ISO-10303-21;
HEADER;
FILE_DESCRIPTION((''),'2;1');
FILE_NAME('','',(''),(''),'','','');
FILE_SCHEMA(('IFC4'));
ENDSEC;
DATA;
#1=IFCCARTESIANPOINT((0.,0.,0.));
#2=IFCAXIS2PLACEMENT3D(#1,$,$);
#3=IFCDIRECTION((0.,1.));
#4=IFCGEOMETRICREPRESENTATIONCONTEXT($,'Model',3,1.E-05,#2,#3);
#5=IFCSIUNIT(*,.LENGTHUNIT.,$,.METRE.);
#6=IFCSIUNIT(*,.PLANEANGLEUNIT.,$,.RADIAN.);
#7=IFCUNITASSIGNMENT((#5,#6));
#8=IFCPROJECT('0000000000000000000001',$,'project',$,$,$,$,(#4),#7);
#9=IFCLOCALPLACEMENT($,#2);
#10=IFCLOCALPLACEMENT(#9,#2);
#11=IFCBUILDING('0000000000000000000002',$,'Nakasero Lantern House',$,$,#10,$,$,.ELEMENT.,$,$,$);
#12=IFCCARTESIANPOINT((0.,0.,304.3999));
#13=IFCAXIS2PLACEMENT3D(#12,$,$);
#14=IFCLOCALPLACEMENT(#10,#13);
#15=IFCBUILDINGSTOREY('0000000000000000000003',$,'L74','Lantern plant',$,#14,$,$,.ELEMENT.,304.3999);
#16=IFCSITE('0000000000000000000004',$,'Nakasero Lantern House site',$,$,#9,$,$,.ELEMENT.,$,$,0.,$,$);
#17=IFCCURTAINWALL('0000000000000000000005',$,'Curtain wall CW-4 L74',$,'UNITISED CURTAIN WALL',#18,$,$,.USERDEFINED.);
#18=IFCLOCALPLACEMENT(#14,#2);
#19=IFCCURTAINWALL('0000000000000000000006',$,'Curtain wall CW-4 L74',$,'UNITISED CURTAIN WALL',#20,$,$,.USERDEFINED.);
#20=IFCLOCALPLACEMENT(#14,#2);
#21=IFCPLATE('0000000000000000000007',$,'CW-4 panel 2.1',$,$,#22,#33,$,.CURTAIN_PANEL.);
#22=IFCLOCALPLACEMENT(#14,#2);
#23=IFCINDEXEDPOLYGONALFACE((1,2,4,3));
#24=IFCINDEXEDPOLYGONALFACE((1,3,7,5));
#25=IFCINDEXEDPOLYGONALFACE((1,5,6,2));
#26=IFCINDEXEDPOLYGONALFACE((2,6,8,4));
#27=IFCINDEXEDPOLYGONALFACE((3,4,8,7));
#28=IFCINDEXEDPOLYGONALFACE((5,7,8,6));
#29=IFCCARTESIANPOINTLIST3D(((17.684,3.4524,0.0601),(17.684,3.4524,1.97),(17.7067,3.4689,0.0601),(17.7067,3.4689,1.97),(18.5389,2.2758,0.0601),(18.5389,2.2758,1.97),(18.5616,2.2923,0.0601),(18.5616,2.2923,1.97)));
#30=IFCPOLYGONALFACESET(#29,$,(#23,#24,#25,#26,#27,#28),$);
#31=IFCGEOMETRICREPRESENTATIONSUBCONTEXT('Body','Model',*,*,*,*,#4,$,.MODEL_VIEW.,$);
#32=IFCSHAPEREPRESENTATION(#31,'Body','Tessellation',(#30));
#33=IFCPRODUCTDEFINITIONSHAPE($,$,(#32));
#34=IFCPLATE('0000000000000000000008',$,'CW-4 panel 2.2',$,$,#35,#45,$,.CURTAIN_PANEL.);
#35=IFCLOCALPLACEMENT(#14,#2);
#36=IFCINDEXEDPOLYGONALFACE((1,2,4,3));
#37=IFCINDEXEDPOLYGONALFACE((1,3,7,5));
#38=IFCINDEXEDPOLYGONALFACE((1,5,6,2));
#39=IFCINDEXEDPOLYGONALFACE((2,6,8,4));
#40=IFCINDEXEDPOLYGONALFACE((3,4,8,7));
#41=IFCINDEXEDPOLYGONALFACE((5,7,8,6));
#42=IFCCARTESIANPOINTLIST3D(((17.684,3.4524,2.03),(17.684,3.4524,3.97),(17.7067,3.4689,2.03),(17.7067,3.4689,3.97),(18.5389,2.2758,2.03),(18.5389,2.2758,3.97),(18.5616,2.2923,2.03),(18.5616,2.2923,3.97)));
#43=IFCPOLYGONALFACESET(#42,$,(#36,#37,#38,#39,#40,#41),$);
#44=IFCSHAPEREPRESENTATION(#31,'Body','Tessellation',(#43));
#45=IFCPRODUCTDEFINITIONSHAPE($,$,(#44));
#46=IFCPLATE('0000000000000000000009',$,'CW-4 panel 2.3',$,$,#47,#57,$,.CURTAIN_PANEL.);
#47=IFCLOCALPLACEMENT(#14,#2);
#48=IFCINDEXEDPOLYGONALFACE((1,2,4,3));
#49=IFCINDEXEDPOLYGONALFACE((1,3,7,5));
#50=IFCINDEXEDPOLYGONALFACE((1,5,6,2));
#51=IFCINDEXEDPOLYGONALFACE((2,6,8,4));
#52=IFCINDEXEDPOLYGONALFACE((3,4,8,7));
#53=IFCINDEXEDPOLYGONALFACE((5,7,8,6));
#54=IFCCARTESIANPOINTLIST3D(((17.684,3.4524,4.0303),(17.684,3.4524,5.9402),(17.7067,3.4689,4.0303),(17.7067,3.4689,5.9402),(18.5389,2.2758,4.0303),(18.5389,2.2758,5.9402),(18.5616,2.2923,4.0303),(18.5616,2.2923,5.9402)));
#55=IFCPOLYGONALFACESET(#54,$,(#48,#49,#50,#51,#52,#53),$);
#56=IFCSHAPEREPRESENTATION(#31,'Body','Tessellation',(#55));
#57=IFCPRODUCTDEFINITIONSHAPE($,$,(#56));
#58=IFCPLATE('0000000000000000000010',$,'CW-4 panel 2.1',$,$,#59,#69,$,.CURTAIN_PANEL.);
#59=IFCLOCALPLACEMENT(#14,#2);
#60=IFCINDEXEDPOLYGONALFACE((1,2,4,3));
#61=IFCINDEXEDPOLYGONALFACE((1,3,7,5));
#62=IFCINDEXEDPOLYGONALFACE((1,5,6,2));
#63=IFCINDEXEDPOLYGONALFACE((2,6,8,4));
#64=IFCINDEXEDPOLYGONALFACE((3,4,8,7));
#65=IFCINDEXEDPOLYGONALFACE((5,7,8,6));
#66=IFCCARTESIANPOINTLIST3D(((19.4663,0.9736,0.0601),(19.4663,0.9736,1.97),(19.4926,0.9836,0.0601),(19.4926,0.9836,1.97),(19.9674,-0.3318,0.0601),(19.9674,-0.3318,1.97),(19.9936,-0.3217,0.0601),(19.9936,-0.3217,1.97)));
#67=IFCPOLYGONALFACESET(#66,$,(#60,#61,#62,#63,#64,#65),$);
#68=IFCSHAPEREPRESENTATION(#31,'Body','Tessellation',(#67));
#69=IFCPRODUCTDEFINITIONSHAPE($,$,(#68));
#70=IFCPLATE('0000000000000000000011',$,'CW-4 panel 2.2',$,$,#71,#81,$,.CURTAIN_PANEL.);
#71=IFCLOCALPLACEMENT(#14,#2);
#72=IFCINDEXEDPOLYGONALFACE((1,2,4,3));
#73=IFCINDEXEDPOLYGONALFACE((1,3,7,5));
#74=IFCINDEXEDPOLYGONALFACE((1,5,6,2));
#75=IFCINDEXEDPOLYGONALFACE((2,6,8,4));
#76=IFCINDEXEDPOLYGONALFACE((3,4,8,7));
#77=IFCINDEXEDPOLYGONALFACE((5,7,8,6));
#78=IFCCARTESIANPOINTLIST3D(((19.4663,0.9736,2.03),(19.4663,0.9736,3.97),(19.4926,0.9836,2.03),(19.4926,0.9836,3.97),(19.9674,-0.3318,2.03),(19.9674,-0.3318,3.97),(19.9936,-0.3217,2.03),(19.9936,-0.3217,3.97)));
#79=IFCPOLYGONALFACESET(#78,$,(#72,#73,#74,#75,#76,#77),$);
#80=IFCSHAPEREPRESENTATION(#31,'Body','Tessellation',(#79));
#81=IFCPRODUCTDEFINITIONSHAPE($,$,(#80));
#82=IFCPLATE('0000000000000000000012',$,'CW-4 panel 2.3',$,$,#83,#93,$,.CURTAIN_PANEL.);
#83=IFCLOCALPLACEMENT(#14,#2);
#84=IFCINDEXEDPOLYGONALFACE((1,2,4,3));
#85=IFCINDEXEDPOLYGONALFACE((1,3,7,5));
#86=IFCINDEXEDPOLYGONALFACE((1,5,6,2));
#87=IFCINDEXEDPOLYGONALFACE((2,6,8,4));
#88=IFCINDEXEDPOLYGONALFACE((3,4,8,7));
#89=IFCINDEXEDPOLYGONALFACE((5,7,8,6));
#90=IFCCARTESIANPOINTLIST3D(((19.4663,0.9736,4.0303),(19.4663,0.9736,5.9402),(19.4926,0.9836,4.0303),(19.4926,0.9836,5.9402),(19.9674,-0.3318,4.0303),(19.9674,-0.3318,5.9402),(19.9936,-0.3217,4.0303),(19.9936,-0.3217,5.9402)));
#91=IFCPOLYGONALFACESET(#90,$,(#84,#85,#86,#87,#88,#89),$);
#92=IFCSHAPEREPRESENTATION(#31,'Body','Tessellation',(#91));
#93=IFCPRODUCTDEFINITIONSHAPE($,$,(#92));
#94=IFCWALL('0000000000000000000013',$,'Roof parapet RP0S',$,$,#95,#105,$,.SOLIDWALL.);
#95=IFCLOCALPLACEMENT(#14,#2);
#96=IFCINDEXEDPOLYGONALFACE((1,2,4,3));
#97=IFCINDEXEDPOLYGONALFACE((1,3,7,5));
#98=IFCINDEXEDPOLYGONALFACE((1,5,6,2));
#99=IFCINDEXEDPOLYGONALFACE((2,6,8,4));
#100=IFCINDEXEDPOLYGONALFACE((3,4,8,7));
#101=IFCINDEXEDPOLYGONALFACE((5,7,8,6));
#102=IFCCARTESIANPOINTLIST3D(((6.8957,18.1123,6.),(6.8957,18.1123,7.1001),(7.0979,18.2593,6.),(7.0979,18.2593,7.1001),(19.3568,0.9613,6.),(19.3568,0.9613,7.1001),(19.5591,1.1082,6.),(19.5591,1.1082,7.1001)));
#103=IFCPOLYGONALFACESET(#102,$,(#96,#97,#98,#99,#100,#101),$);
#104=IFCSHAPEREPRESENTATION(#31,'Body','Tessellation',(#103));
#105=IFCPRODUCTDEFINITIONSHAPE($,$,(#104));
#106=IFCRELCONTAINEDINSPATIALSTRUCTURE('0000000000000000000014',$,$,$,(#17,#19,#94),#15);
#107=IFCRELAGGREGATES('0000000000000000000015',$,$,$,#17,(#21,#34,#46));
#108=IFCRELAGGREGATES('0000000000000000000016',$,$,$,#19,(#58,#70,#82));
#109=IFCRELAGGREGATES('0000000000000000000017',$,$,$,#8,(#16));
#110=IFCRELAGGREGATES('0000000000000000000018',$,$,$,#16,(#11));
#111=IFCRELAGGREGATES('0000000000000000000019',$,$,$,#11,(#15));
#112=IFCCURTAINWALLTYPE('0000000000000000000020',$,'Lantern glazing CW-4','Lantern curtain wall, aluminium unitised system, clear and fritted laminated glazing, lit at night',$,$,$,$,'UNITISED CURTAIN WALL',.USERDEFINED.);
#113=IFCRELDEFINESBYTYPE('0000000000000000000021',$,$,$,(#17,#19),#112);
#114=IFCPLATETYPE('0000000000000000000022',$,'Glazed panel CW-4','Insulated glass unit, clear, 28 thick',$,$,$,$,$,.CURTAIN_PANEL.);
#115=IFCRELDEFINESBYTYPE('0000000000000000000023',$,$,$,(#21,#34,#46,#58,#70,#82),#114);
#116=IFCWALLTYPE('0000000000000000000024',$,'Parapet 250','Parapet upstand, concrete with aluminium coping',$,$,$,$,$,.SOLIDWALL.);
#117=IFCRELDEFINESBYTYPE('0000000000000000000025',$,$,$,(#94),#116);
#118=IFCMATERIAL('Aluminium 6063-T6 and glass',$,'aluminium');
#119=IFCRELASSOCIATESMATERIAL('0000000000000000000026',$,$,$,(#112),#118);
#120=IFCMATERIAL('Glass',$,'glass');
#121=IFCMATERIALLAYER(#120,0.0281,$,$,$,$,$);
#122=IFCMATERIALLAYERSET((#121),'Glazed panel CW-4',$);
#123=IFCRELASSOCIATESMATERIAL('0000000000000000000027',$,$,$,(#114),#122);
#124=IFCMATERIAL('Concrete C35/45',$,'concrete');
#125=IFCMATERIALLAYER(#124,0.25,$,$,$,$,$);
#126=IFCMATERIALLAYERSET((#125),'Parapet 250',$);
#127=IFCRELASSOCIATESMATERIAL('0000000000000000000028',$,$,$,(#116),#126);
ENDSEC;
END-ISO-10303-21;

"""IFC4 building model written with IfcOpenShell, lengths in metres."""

from ifc_helpers import new_model, si_unit, direction, frame, frame_2d, origin, origin_2d, place, context, subcontext, project, spatial, rectangle, extrude, material, layer, layer_set, type_object, element, aggregate, save


model = new_model("IFC4")

# Units and contexts
model_context = context("Model", 3, precision=1e-05, world=origin(), true_north=direction((0.0, 1.0)))
body_context = subcontext(model_context, "Body", "Model", "MODEL_VIEW")
ifc_project = project(units=[si_unit("LENGTHUNIT", "METRE"), si_unit("PLANEANGLEUNIT", "RADIAN")], contexts=[model_context])

# Site, building, storey
site_placement = place(None, origin())
site = spatial("IfcSite", under=ifc_project, at=site_placement, Name="Nakasero Lantern House site", CompositionType="ELEMENT", RefElevation=0.0)
building_placement = place(site_placement, origin())
building = spatial("IfcBuilding", under=site, at=building_placement, Name="Nakasero Lantern House", CompositionType="ELEMENT")
storey_placement = place(building_placement, frame((0.0, 0.0, 304.3999)))
storey = spatial("IfcBuildingStorey", under=building, at=storey_placement, Name="L74", Description="Lantern plant", CompositionType="ELEMENT", Elevation=304.3999)

# Curtain wall
ifc_material_1 = material(Name="Aluminium 6063-T6 and glass", Category="aluminium")
curtain_wall_type = type_object("IfcCurtainWallType", Name="Lantern glazing CW-4", Description="Lantern curtain wall, aluminium unitised system, clear and fritted laminated glazing, lit at night", ElementType="UNITISED CURTAIN WALL", PredefinedType="USERDEFINED", material=ifc_material_1)
curtain_wall_1_placement = place(storey_placement, origin())
curtain_wall_1 = element("IfcCurtainWall", 1, at=curtain_wall_1_placement, inside=storey, type_object=curtain_wall_type, Name="Curtain wall CW-4 L74", ObjectType="UNITISED CURTAIN WALL", PredefinedType="USERDEFINED")

# Curtain wall
curtain_wall_2_placement = place(storey_placement, origin())
curtain_wall_2 = element("IfcCurtainWall", 2, at=curtain_wall_2_placement, inside=storey, type_object=curtain_wall_type, Name="Curtain wall CW-4 L74", ObjectType="UNITISED CURTAIN WALL", PredefinedType="USERDEFINED")

# Plates
ifc_material_2 = material(Name="Glass", Category="glass")
ifc_layer_1 = layer(ifc_material_2, 0.0281)
ifc_layer_set_1 = layer_set([ifc_layer_1], Name="Glazed panel CW-4")
plate_type = type_object("IfcPlateType", Name="Glazed panel CW-4", Description="Insulated glass unit, clear, 28 thick", PredefinedType="CURTAIN_PANEL", material=ifc_layer_set_1)
plate_1_placement = place(storey_placement, frame((18.1228, 2.8723, 0.0601), z_axis=(0.0, 0.0, 1.0), x_axis=(-0.587785, 0.809017, 0.0)))
plate_1 = element("IfcPlate", 3, at=plate_1_placement, type_object=plate_type, Name="CW-4 panel 2.1", PredefinedType="CURTAIN_PANEL", context=body_context, shape_type="SweptSolid", body=[
    extrude(rectangle(XDim=1.4543, YDim=0.0281, at=origin_2d()), origin(), (0.0, 0.0, 1.0), 1.9099),
])
plate_2_placement = place(storey_placement, frame((18.1228, 2.8723, 2.03), z_axis=(0.0, 0.0, 1.0), x_axis=(-0.587785, 0.809017, 0.0)))
plate_2 = element("IfcPlate", 4, at=plate_2_placement, type_object=plate_type, Name="CW-4 panel 2.2", PredefinedType="CURTAIN_PANEL", context=body_context, shape_type="SweptSolid", body=[
    extrude(rectangle(XDim=1.4543, YDim=0.0281, at=origin_2d()), origin(), (0.0, 0.0, 1.0), 1.9399),
])
plate_3_placement = place(storey_placement, frame((18.1228, 2.8723, 4.0303), z_axis=(0.0, 0.0, 1.0), x_axis=(-0.587785, 0.809017, 0.0)))
plate_3 = element("IfcPlate", 5, at=plate_3_placement, type_object=plate_type, Name="CW-4 panel 2.3", PredefinedType="CURTAIN_PANEL", context=body_context, shape_type="SweptSolid", body=[
    extrude(rectangle(XDim=1.4543, YDim=0.0281, at=origin_2d()), origin(), (0.0, 0.0, 1.0), 1.9099),
])
aggregate(curtain_wall_1, [plate_1, plate_2, plate_3])
plate_4_placement = place(storey_placement, frame((19.73, 0.3259, 0.0601), z_axis=(0.0, 0.0, 1.0), x_axis=(-0.358368, 0.93358, 0.0)))
plate_4 = element("IfcPlate", 6, at=plate_4_placement, type_object=plate_type, Name="CW-4 panel 2.1", PredefinedType="CURTAIN_PANEL", context=body_context, shape_type="SweptSolid", body=[
    extrude(rectangle(XDim=1.3982, YDim=0.0281, at=origin_2d()), origin(), (0.0, 0.0, 1.0), 1.9099),
])
plate_5_placement = place(storey_placement, frame((19.73, 0.3259, 2.03), z_axis=(0.0, 0.0, 1.0), x_axis=(-0.358368, 0.93358, 0.0)))
plate_5 = element("IfcPlate", 7, at=plate_5_placement, type_object=plate_type, Name="CW-4 panel 2.2", PredefinedType="CURTAIN_PANEL", context=body_context, shape_type="SweptSolid", body=[
    extrude(rectangle(XDim=1.3982, YDim=0.0281, at=origin_2d()), origin(), (0.0, 0.0, 1.0), 1.9399),
])
plate_6_placement = place(storey_placement, frame((19.73, 0.3259, 4.0303), z_axis=(0.0, 0.0, 1.0), x_axis=(-0.358368, 0.93358, 0.0)))
plate_6 = element("IfcPlate", 8, at=plate_6_placement, type_object=plate_type, Name="CW-4 panel 2.3", PredefinedType="CURTAIN_PANEL", context=body_context, shape_type="SweptSolid", body=[
    extrude(rectangle(XDim=1.3982, YDim=0.0281, at=origin_2d()), origin(), (0.0, 0.0, 1.0), 1.9099),
])
aggregate(curtain_wall_2, [plate_4, plate_5, plate_6])

# Wall
ifc_material_3 = material(Name="Concrete C35/45", Category="concrete")
ifc_layer_2 = layer(ifc_material_3, 0.25)
ifc_layer_set_2 = layer_set([ifc_layer_2], Name="Parapet 250")
wall_type = type_object("IfcWallType", Name="Parapet 250", Description="Parapet upstand, concrete with aluminium coping", PredefinedType="SOLIDWALL", material=ifc_layer_set_2)
wall_placement = place(storey_placement, frame((19.458, 1.0347, 6.0), z_axis=(0.0, 0.0, 1.0), x_axis=(-0.58779, 0.809013, 0.0)))
element("IfcWall", 9, at=wall_placement, inside=storey, type_object=wall_type, Name="Roof parapet RP0S", PredefinedType="SOLIDWALL", context=body_context, shape_type="SweptSolid", body=[
    extrude(rectangle(XDim=21.2, YDim=0.25, at=frame_2d((10.6001, 0.0))), origin(), (0.0, 0.0, 1.0), 1.1001),
])

save(model, "model.ifc")
